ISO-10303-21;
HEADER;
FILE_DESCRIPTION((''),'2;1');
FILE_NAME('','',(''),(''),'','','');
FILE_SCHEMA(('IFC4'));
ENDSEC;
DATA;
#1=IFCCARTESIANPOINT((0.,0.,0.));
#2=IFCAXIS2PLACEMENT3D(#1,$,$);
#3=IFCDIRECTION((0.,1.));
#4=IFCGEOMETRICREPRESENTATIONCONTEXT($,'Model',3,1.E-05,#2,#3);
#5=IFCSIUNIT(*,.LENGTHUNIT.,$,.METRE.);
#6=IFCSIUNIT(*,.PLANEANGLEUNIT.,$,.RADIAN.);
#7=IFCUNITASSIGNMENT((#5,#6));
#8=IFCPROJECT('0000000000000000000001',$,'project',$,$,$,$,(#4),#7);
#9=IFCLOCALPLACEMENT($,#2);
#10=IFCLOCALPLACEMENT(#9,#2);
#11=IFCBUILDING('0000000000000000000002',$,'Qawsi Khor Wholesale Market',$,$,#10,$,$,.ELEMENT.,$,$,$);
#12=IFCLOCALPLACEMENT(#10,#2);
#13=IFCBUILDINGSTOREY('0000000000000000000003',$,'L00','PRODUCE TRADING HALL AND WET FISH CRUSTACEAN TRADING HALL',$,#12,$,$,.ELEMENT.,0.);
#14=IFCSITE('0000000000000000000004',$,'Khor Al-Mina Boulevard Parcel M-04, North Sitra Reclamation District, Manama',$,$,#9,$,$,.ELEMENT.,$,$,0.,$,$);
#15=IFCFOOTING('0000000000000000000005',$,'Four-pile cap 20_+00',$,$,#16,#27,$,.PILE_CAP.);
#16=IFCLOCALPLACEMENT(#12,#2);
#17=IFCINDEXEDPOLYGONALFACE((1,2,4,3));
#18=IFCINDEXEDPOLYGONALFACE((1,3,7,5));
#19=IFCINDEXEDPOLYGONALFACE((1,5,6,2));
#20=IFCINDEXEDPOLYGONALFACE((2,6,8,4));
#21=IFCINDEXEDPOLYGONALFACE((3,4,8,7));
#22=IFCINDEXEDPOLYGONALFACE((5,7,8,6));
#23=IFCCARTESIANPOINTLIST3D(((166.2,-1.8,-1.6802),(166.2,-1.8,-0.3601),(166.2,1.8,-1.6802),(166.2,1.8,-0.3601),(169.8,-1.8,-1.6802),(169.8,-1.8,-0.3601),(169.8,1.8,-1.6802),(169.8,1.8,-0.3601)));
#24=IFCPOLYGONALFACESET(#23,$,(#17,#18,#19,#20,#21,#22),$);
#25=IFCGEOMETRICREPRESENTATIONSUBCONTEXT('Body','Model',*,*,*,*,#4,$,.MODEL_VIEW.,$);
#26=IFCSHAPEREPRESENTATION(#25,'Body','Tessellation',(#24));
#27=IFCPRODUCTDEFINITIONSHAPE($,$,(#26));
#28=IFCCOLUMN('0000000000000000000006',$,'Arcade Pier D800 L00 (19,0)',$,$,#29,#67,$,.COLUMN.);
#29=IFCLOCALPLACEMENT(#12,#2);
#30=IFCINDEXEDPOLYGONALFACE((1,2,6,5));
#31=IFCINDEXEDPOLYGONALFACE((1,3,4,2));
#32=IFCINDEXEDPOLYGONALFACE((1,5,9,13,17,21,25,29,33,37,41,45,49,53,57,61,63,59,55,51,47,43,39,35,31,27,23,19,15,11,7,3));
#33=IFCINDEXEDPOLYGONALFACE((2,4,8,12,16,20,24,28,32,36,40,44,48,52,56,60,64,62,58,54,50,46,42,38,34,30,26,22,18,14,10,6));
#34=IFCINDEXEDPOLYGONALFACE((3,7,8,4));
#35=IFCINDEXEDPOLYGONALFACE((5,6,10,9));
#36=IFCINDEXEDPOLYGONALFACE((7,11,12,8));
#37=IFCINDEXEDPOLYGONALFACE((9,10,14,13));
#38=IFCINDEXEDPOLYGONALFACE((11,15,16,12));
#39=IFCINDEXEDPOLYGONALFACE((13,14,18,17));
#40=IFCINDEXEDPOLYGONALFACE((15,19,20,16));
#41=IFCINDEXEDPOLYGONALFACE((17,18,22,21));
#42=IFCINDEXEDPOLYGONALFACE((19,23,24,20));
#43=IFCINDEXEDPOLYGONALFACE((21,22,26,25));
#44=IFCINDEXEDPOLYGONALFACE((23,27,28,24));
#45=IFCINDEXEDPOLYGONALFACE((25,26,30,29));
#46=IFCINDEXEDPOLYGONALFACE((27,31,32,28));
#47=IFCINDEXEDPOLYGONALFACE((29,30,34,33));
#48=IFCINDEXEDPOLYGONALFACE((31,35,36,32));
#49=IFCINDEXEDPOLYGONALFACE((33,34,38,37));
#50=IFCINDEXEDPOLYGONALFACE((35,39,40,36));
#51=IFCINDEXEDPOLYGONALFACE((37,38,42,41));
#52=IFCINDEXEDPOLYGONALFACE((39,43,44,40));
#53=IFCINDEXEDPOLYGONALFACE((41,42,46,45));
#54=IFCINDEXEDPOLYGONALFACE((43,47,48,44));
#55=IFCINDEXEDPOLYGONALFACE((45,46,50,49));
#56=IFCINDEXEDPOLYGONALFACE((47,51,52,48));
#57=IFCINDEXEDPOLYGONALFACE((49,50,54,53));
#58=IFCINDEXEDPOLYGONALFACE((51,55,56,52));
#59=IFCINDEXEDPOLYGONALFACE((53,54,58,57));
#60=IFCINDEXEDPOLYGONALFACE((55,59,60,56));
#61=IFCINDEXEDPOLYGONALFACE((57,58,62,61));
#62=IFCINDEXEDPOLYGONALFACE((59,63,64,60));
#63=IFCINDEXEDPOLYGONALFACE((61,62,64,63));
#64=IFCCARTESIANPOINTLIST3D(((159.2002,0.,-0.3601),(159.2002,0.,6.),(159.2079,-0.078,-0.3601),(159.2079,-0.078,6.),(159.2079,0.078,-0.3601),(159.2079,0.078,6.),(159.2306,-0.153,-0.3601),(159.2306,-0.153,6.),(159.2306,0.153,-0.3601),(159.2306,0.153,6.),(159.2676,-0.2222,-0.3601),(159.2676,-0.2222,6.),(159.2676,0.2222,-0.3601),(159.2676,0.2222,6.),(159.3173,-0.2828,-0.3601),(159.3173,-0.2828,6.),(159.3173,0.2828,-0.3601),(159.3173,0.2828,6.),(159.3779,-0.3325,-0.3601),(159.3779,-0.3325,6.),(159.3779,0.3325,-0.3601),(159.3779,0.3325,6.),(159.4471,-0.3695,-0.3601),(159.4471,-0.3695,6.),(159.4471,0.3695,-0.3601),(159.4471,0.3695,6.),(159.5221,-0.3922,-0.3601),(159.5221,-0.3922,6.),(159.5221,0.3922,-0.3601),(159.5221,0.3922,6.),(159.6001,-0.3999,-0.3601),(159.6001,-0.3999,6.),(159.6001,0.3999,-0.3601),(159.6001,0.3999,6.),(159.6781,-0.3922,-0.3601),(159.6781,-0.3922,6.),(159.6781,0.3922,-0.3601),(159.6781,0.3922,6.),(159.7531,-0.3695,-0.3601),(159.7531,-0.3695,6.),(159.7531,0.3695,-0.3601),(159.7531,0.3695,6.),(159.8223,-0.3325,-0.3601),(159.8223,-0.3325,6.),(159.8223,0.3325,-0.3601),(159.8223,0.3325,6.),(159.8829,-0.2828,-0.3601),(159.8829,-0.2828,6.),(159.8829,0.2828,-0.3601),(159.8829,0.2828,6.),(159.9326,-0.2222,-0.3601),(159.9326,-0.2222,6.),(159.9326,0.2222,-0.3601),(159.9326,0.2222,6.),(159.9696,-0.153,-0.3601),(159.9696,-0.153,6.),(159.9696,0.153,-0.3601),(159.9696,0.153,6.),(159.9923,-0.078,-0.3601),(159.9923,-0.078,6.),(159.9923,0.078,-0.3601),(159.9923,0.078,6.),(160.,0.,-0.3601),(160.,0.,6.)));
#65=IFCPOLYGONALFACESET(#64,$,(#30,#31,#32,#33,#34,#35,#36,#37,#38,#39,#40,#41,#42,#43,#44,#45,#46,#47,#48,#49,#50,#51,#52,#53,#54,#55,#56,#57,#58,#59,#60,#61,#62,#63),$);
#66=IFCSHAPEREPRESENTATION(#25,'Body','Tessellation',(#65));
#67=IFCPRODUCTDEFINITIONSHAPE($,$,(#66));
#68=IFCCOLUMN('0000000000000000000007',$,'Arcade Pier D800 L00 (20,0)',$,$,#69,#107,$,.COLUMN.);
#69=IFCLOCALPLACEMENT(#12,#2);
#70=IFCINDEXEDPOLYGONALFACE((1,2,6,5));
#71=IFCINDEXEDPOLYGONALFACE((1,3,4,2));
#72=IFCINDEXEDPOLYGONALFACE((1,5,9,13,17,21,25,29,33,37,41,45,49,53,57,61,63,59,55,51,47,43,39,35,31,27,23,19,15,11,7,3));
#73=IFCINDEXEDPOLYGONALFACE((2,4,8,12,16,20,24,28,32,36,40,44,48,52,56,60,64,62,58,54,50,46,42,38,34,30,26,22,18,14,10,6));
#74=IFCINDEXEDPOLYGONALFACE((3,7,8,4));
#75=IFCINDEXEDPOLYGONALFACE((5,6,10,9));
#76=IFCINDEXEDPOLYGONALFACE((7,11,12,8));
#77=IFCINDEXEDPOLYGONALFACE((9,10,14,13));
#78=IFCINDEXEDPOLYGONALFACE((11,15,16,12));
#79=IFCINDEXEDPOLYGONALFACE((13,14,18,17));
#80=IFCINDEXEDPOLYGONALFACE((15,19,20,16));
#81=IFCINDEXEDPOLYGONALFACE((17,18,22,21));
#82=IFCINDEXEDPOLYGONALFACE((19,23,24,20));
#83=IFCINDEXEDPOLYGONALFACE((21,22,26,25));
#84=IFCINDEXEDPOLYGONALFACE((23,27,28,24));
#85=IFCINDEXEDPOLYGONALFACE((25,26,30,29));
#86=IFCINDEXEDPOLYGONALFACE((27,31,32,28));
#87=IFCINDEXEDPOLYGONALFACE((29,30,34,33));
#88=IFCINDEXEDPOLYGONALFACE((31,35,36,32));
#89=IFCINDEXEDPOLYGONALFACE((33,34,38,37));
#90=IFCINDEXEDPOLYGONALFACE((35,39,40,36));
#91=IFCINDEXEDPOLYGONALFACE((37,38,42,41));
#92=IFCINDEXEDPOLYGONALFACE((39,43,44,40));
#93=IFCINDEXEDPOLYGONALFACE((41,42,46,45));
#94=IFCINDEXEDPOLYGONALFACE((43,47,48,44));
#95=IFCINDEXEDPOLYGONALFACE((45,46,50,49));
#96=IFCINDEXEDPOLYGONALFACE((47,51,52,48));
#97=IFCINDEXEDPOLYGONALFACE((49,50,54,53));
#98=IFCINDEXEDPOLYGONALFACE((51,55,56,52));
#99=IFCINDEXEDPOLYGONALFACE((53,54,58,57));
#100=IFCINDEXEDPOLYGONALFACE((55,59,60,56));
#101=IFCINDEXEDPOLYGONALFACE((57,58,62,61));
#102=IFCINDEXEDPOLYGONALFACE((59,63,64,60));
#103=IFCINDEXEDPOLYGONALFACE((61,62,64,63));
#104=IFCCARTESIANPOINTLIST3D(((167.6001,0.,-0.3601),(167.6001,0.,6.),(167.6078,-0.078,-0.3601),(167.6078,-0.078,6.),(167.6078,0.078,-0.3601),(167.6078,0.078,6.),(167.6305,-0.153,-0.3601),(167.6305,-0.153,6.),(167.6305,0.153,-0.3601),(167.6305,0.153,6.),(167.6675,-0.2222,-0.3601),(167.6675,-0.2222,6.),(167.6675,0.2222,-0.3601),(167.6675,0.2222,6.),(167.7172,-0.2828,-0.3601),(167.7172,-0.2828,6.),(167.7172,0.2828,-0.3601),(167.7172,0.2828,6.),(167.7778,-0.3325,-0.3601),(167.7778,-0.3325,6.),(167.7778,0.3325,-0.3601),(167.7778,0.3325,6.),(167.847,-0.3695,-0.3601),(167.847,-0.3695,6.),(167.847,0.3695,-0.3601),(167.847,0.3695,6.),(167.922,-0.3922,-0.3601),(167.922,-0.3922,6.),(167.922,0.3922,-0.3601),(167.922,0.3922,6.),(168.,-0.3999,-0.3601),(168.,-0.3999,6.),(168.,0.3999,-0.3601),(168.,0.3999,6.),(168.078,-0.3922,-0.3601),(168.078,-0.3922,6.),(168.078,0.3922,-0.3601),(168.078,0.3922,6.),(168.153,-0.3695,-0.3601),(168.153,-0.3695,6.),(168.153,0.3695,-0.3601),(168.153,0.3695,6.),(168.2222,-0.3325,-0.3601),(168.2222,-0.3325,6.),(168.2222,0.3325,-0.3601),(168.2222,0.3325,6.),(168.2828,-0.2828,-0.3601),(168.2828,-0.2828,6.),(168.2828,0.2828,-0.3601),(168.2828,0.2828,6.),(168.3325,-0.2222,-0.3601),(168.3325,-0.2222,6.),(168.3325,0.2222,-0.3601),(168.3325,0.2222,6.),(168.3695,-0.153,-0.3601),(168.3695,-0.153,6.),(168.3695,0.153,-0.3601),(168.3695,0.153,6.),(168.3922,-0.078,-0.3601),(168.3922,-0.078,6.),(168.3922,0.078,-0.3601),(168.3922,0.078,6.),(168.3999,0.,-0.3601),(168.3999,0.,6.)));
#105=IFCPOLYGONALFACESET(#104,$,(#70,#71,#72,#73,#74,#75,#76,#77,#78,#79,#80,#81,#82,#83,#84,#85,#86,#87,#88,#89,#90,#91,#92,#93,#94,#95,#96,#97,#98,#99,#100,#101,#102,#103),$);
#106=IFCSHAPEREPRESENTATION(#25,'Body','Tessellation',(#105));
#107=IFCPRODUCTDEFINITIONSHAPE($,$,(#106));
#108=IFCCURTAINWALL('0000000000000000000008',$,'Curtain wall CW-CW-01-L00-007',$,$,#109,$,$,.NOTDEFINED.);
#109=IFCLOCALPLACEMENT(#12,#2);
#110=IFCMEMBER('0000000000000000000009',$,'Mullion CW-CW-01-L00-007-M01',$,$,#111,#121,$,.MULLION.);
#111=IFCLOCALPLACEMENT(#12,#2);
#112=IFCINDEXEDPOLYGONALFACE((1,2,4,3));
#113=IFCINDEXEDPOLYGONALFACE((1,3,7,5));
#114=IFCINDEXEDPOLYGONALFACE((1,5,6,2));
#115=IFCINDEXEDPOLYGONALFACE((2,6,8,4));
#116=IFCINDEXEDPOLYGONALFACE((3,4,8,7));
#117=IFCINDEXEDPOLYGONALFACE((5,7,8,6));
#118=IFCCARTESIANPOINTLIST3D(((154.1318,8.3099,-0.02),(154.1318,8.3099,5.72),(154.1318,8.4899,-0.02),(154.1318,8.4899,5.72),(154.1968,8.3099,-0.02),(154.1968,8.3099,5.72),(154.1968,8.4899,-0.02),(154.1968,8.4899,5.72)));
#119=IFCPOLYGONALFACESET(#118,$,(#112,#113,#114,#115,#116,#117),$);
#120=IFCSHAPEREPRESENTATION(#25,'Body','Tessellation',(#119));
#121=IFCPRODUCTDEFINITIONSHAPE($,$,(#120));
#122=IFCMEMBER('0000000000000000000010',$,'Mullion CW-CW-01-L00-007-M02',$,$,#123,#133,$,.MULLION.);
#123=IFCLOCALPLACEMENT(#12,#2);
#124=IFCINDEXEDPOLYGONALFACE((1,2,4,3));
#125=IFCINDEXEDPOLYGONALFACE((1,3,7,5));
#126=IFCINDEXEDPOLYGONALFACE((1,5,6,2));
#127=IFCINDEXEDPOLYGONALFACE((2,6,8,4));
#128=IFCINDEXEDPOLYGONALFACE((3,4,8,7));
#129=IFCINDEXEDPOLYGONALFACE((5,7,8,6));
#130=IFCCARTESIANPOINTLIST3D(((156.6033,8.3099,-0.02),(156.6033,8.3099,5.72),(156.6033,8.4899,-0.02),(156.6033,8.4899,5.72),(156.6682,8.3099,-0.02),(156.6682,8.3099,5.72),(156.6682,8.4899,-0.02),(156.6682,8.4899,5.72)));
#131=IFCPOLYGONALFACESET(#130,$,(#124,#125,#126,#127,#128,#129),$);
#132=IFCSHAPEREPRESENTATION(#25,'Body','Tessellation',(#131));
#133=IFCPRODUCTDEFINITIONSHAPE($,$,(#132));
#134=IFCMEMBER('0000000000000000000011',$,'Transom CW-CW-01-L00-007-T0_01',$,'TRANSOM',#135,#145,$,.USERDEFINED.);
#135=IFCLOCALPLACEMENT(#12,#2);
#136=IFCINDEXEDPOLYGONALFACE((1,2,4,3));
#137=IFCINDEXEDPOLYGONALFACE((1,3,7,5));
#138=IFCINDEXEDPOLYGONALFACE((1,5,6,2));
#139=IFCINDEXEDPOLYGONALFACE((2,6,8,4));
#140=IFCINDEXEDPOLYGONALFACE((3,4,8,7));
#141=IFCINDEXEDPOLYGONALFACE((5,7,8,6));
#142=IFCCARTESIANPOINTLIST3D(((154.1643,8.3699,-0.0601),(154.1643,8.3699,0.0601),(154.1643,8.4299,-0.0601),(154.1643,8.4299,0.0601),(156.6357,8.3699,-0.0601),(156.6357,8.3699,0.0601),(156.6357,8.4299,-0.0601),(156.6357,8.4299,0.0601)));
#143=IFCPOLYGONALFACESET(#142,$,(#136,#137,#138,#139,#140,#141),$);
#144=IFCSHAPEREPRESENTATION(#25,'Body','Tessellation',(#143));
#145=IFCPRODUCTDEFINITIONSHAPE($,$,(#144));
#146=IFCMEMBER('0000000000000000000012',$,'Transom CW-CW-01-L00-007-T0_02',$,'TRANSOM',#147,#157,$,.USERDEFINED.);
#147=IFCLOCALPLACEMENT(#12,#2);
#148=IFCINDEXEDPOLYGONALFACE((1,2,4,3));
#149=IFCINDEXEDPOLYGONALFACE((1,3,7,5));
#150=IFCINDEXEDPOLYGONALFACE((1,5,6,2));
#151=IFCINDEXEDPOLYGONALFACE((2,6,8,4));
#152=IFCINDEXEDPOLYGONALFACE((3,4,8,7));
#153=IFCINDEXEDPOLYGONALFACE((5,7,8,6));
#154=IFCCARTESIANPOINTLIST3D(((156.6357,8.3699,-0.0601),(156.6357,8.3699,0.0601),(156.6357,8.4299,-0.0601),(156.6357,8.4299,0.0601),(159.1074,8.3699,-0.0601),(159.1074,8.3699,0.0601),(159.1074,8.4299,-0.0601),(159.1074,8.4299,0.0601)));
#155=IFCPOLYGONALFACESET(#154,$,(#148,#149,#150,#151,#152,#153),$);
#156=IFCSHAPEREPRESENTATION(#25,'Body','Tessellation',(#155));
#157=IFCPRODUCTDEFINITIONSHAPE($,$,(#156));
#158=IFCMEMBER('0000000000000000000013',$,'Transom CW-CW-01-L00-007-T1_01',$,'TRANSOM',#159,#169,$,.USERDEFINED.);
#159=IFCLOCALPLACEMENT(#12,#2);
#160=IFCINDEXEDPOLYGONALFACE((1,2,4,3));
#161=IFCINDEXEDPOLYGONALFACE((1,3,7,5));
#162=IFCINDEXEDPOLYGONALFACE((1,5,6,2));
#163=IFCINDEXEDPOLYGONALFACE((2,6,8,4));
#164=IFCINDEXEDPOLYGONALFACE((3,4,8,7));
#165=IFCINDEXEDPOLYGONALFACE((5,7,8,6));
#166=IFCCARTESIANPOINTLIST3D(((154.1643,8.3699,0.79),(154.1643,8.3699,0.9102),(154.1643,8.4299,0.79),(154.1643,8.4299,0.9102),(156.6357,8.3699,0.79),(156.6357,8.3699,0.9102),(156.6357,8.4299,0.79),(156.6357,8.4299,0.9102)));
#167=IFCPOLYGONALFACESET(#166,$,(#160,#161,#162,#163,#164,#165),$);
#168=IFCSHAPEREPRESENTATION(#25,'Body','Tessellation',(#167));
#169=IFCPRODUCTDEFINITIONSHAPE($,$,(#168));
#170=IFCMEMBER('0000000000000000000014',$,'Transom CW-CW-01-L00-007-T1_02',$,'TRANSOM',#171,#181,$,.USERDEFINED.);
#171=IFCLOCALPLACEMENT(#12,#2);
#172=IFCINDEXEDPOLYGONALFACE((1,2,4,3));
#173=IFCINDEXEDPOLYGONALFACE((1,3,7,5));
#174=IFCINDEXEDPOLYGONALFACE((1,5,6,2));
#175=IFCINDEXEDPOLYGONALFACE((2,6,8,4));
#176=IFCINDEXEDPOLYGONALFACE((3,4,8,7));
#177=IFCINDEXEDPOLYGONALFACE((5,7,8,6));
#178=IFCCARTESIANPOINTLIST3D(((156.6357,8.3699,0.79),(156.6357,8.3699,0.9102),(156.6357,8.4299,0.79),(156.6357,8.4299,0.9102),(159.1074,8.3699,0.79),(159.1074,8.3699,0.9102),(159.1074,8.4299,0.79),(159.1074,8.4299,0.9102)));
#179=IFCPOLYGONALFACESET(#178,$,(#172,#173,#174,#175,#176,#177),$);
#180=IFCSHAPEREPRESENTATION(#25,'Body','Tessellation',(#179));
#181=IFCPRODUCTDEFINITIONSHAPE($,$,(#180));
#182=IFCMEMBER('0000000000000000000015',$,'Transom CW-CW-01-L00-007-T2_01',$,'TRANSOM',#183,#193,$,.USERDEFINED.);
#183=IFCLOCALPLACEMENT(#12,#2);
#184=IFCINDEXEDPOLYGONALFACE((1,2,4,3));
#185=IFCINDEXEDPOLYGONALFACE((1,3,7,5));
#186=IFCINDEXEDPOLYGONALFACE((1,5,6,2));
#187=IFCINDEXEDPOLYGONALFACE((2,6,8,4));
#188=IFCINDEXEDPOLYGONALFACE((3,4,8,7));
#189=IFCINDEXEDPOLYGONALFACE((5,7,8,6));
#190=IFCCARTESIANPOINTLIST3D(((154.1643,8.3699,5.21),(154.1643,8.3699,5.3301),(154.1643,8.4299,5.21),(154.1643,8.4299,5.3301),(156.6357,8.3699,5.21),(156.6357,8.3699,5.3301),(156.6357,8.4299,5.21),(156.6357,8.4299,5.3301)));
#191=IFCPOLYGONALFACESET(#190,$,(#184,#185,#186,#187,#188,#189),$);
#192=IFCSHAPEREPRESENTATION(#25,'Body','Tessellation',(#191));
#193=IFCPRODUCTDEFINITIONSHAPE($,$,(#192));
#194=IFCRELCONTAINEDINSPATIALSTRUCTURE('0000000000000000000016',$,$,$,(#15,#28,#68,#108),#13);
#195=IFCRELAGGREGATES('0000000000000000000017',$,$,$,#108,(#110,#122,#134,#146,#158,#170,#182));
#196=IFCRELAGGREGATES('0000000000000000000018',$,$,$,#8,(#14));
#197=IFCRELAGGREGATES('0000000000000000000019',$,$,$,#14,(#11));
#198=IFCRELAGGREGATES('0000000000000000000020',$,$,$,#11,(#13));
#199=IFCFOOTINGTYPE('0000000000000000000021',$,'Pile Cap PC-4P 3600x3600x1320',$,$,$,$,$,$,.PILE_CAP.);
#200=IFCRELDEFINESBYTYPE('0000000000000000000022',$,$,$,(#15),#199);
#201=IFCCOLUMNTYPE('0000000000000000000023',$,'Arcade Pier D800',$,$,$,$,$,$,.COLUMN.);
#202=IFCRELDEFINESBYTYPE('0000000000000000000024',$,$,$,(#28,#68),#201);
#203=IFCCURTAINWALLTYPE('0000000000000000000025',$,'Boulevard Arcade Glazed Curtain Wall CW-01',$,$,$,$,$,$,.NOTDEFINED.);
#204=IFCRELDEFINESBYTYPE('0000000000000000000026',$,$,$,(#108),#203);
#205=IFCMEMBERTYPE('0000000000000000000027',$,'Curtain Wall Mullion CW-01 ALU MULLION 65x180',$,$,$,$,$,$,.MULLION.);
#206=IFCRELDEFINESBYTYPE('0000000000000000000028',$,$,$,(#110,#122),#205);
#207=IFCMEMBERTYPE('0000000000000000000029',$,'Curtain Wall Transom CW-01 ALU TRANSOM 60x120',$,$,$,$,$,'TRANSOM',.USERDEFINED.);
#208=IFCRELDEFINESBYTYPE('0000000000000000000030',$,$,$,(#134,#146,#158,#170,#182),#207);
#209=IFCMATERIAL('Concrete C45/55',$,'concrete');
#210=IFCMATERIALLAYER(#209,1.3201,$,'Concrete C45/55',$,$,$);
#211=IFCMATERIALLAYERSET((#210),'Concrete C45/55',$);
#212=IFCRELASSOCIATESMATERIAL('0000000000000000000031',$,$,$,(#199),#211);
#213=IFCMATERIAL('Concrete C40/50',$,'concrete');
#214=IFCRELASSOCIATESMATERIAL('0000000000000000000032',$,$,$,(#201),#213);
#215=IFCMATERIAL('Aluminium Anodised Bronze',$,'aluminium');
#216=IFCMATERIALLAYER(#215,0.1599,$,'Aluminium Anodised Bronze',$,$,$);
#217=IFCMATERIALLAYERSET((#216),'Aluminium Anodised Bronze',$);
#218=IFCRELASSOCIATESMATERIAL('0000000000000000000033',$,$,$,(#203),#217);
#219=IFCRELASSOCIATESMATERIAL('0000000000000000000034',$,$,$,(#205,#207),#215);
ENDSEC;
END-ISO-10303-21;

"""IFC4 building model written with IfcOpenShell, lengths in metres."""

from ifc_helpers import new_model, si_unit, direction, frame, origin, origin_2d, place, context, subcontext, project, spatial, rectangle, circle, extrude, material, layer, layer_set, material_profile, profile_set, type_object, element, aggregate, save


model = new_model("IFC4")

# Units and contexts
model_context = context("Model", 3, precision=1e-05, world=origin(), true_north=direction((0.0, 1.0)))
body_context = subcontext(model_context, "Body", "Model", "MODEL_VIEW")
ifc_project = project(units=[si_unit("LENGTHUNIT", "METRE"), si_unit("PLANEANGLEUNIT", "RADIAN")], contexts=[model_context])

# Site, building, storey
site_placement = place(None, origin())
site = spatial("IfcSite", under=ifc_project, at=site_placement, Name="Khor Al-Mina Boulevard Parcel M-04, North Sitra Reclamation District, Manama", CompositionType="ELEMENT", RefElevation=0.0)
building_placement = place(site_placement, origin())
building = spatial("IfcBuilding", under=site, at=building_placement, Name="Qawsi Khor Wholesale Market", CompositionType="ELEMENT")
storey_placement = place(building_placement, origin())
storey = spatial("IfcBuildingStorey", under=building, at=storey_placement, Name="L00", Description="PRODUCE TRADING HALL AND WET FISH CRUSTACEAN TRADING HALL", CompositionType="ELEMENT", Elevation=0.0)

# Shared definitions
ifc_material_1 = material(Name="Concrete C45/55", Category="concrete")

# Footing
ifc_layer_1 = layer(ifc_material_1, 1.3201, Name="Concrete C45/55")
ifc_layer_set_1 = layer_set([ifc_layer_1], Name="Concrete C45/55")
footing_type_1 = type_object("IfcFootingType", Name="Pile Cap PC-4P 3600x3600x1320", PredefinedType="PILE_CAP", material=ifc_layer_set_1)
for number, where, z_axis, x_axis, name in (
    (1, (168.0, 0.0, -1.6802), (0.0, 0.0, 1.0), (1.0, 0.0, 0.0), "Four-pile cap 20_+00"),
):
    element("IfcFooting", number, at=place(storey_placement, frame(where, z_axis=z_axis, x_axis=x_axis)), inside=storey, type_object=footing_type_1, Name=name, PredefinedType="PILE_CAP", context=body_context, shape_type="SweptSolid", body=[
        extrude(rectangle(XDim=3.6001, YDim=3.6001, at=origin_2d()), origin(), (0.0, 0.0, 1.0), 1.3201),
    ])

# Columns
ifc_material_2 = material(Name="Concrete C40/50", Category="concrete")
ifc_material_profile_1 = material_profile(ifc_material_2, circle(Radius=0.3999, at=origin_2d()), Name="RC COL D800")
ifc_profile_set_1 = profile_set([ifc_material_profile_1], Name="Concrete C40/50")
column_type = type_object("IfcColumnType", Name="Arcade Pier D800", PredefinedType="COLUMN", material=ifc_profile_set_1)
for number, where, z_axis, x_axis, name in (
    (2, (159.6001, 0.0, -0.3601), (0.0, 0.0, 1.0), (1.0, 0.0, 0.0), "Arcade Pier D800 L00 (19,0)"),
    (3, (168.0, 0.0, -0.3601), (0.0, 0.0, 1.0), (1.0, 0.0, 0.0), "Arcade Pier D800 L00 (20,0)"),
):
    element("IfcColumn", number, at=place(storey_placement, frame(where, z_axis=z_axis, x_axis=x_axis)), inside=storey, type_object=column_type, Name=name, PredefinedType="COLUMN", context=body_context, shape_type="SweptSolid", body=[
        extrude(circle(Radius=0.3999, at=origin_2d()), origin(), (0.0, 0.0, 1.0), 6.3601),
    ])

# Curtain wall, members
ifc_material_3 = material(Name="Aluminium Anodised Bronze", Category="aluminium")
ifc_layer_2 = layer(ifc_material_3, 0.1599, Name="Aluminium Anodised Bronze")
ifc_layer_set_2 = layer_set([ifc_layer_2], Name="Aluminium Anodised Bronze")
curtain_wall_type = type_object("IfcCurtainWallType", Name="Boulevard Arcade Glazed Curtain Wall CW-01", PredefinedType="NOTDEFINED", material=ifc_layer_set_2)
curtain_wall_placement = place(storey_placement, origin())
curtain_wall = element("IfcCurtainWall", 4, at=curtain_wall_placement, inside=storey, type_object=curtain_wall_type, Name="Curtain wall CW-CW-01-L00-007", PredefinedType="NOTDEFINED")
ifc_material_profile_2 = material_profile(ifc_material_3, rectangle(XDim=0.0649, YDim=0.1799, at=origin_2d()), Name="ALU MULLION 65x180")
ifc_profile_set_2 = profile_set([ifc_material_profile_2], Name="Aluminium Anodised Bronze")
member_type_1 = type_object("IfcMemberType", Name="Curtain Wall Mullion CW-01 ALU MULLION 65x180", PredefinedType="MULLION", material=ifc_profile_set_2)
member_1_placement = place(storey_placement, frame((154.1643, 8.3999, -0.02), z_axis=(0.0, 0.0, 1.0), x_axis=(1.0, 0.0, 0.0)))
member_1 = element("IfcMember", 5, at=member_1_placement, type_object=member_type_1, Name="Mullion CW-CW-01-L00-007-M01", PredefinedType="MULLION", context=body_context, shape_type="SweptSolid", body=[
    extrude(rectangle(XDim=0.0649, YDim=0.1799, at=origin_2d()), origin(), (0.0, 0.0, 1.0), 5.74),
])
member_2_placement = place(storey_placement, frame((156.6357, 8.3999, -0.02), z_axis=(0.0, 0.0, 1.0), x_axis=(1.0, 0.0, 0.0)))
member_2 = element("IfcMember", 6, at=member_2_placement, type_object=member_type_1, Name="Mullion CW-CW-01-L00-007-M02", PredefinedType="MULLION", context=body_context, shape_type="SweptSolid", body=[
    extrude(rectangle(XDim=0.0649, YDim=0.1799, at=origin_2d()), origin(), (0.0, 0.0, 1.0), 5.74),
])
ifc_material_profile_3 = material_profile(ifc_material_3, rectangle(XDim=0.0601, YDim=0.1201, at=origin_2d()), Name="ALU TRANSOM 60x120")
ifc_profile_set_3 = profile_set([ifc_material_profile_3], Name="Aluminium Anodised Bronze")
member_type_2 = type_object("IfcMemberType", Name="Curtain Wall Transom CW-01 ALU TRANSOM 60x120", ElementType="TRANSOM", PredefinedType="USERDEFINED", material=ifc_profile_set_3)
member_3_placement = place(storey_placement, frame((154.1643, 8.3999, 0.0), z_axis=(1.0, 0.0, 0.0), x_axis=(0.0, 1.0, 0.0)))
member_3 = element("IfcMember", 7, at=member_3_placement, type_object=member_type_2, Name="Transom CW-CW-01-L00-007-T0_01", ObjectType="TRANSOM", PredefinedType="USERDEFINED", context=body_context, shape_type="SweptSolid", body=[
    extrude(rectangle(XDim=0.0601, YDim=0.1201, at=origin_2d()), origin(), (0.0, 0.0, 1.0), 2.4714),
])
member_4_placement = place(storey_placement, frame((156.6357, 8.3999, 0.0), z_axis=(1.0, 0.0, 0.0), x_axis=(0.0, 1.0, 0.0)))
member_4 = element("IfcMember", 8, at=member_4_placement, type_object=member_type_2, Name="Transom CW-CW-01-L00-007-T0_02", ObjectType="TRANSOM", PredefinedType="USERDEFINED", context=body_context, shape_type="SweptSolid", body=[
    extrude(rectangle(XDim=0.0601, YDim=0.1201, at=origin_2d()), origin(), (0.0, 0.0, 1.0), 2.4717),
])
member_5_placement = place(storey_placement, frame((154.1643, 8.3999, 0.8501), z_axis=(1.0, 0.0, 0.0), x_axis=(0.0, 1.0, 0.0)))
member_5 = element("IfcMember", 9, at=member_5_placement, type_object=member_type_2, Name="Transom CW-CW-01-L00-007-T1_01", ObjectType="TRANSOM", PredefinedType="USERDEFINED", context=body_context, shape_type="SweptSolid", body=[
    extrude(rectangle(XDim=0.0601, YDim=0.1201, at=origin_2d()), origin(), (0.0, 0.0, 1.0), 2.4714),
])
member_6_placement = place(storey_placement, frame((156.6357, 8.3999, 0.8501), z_axis=(1.0, 0.0, 0.0), x_axis=(0.0, 1.0, 0.0)))
member_6 = element("IfcMember", 10, at=member_6_placement, type_object=member_type_2, Name="Transom CW-CW-01-L00-007-T1_02", ObjectType="TRANSOM", PredefinedType="USERDEFINED", context=body_context, shape_type="SweptSolid", body=[
    extrude(rectangle(XDim=0.0601, YDim=0.1201, at=origin_2d()), origin(), (0.0, 0.0, 1.0), 2.4717),
])
member_7_placement = place(storey_placement, frame((154.1643, 8.3999, 5.27), z_axis=(1.0, 0.0, 0.0), x_axis=(0.0, 1.0, 0.0)))
member_7 = element("IfcMember", 11, at=member_7_placement, type_object=member_type_2, Name="Transom CW-CW-01-L00-007-T2_01", ObjectType="TRANSOM", PredefinedType="USERDEFINED", context=body_context, shape_type="SweptSolid", body=[
    extrude(rectangle(XDim=0.0601, YDim=0.1201, at=origin_2d()), origin(), (0.0, 0.0, 1.0), 2.4714),
])
aggregate(curtain_wall, [member_1, member_2, member_3, member_4, member_5, member_6, member_7])

save(model, "model.ifc")
